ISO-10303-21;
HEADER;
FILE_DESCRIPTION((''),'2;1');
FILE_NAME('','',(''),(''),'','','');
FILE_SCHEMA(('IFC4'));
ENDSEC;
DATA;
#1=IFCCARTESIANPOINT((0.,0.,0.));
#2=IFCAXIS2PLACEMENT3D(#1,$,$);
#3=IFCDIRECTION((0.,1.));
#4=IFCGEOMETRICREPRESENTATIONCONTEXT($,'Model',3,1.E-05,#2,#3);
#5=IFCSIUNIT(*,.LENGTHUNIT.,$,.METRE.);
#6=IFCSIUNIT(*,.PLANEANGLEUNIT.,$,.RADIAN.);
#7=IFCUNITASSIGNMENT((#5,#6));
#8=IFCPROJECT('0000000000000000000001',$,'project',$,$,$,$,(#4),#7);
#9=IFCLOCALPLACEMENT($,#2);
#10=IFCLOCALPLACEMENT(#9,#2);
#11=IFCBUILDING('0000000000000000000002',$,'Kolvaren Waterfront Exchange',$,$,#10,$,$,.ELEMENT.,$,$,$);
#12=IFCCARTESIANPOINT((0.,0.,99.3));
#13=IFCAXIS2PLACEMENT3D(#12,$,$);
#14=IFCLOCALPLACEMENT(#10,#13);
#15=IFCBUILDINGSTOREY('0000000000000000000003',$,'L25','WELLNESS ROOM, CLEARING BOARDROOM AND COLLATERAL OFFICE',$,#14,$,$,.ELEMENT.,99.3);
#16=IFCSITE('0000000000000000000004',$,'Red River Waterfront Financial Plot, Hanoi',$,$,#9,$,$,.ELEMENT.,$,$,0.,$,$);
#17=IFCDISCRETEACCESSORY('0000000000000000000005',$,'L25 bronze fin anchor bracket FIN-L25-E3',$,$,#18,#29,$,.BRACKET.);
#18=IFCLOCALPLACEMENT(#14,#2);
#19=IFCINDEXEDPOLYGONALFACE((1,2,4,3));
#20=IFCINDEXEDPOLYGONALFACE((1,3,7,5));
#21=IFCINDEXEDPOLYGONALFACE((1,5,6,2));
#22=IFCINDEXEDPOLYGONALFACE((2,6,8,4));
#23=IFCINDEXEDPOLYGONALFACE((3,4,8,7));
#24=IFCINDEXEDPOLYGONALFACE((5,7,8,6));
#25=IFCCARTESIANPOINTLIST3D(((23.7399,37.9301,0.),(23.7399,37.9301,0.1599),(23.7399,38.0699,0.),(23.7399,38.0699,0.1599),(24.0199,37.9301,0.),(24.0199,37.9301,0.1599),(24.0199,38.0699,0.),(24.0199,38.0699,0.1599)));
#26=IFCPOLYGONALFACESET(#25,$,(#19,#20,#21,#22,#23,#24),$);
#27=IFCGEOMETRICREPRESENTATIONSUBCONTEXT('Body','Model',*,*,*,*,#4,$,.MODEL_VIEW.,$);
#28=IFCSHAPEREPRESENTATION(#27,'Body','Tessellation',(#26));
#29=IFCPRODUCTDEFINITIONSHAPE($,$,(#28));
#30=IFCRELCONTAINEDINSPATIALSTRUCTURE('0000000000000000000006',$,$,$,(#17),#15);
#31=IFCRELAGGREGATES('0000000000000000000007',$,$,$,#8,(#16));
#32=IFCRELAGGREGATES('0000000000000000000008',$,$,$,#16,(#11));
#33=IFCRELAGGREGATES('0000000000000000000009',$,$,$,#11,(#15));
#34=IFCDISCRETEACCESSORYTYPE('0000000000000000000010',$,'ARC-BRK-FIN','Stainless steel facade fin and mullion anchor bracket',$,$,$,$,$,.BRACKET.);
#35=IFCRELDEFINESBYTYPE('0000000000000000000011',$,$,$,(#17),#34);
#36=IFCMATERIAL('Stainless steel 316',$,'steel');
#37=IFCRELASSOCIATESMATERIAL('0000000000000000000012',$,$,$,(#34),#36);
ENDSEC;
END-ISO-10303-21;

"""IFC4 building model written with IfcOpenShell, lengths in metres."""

from ifc_helpers import new_model, si_unit, direction, frame, origin, origin_with_axes, origin_2d, place, context, subcontext, project, spatial, rectangle, extrude, source, transform, mapped, material, type_object, element, save


model = new_model("IFC4")

# Units and contexts
model_context = context("Model", 3, precision=1e-05, world=origin(), true_north=direction((0.0, 1.0)))
body_context = subcontext(model_context, "Body", "Model", "MODEL_VIEW")
ifc_project = project(units=[si_unit("LENGTHUNIT", "METRE"), si_unit("PLANEANGLEUNIT", "RADIAN")], contexts=[model_context])

# Site, building, storey
site_placement = place(None, origin())
site = spatial("IfcSite", under=ifc_project, at=site_placement, Name="Red River Waterfront Financial Plot, Hanoi", CompositionType="ELEMENT", RefElevation=0.0)
building_placement = place(site_placement, origin())
building = spatial("IfcBuilding", under=site, at=building_placement, Name="Kolvaren Waterfront Exchange", CompositionType="ELEMENT")
storey_placement = place(building_placement, frame((0.0, 0.0, 99.3)))
storey = spatial("IfcBuildingStorey", under=building, at=storey_placement, Name="L25", Description="WELLNESS ROOM, CLEARING BOARDROOM AND COLLATERAL OFFICE", CompositionType="ELEMENT", Elevation=99.3)

# Discrete accessory
ifc_material_1 = material(Name="Stainless steel 316", Category="steel")
discrete_accessory_type = type_object("IfcDiscreteAccessoryType", Name="ARC-BRK-FIN", Description="Stainless steel facade fin and mullion anchor bracket", PredefinedType="BRACKET", material=ifc_material_1)
shared_shape_1 = source(origin_with_axes(), body_context, "Body", "SweptSolid", [
    extrude(rectangle(XDim=0.28, YDim=0.1399, at=origin_2d()), origin(), (0.0, 0.0, 1.0), 0.1599),
])
discrete_accessory_placement = place(storey_placement, frame((23.8799, 38.0, 0.0), z_axis=(0.0, 0.0, 1.0), x_axis=(1.0, 0.0, 0.0)))
element("IfcDiscreteAccessory", 1, at=discrete_accessory_placement, inside=storey, type_object=discrete_accessory_type, Name="L25 bronze fin anchor bracket FIN-L25-E3", PredefinedType="BRACKET", context=body_context, shape_type="MappedRepresentation", body=[
    mapped(shared_shape_1, transform((0.0, 0.0, 0.0), x_axis=(1.0, 0.0, 0.0), y_axis=(0.0, 1.0, 0.0), z_axis=(0.0, 0.0, 1.0), scale=1.0)),
])

save(model, "model.ifc")
